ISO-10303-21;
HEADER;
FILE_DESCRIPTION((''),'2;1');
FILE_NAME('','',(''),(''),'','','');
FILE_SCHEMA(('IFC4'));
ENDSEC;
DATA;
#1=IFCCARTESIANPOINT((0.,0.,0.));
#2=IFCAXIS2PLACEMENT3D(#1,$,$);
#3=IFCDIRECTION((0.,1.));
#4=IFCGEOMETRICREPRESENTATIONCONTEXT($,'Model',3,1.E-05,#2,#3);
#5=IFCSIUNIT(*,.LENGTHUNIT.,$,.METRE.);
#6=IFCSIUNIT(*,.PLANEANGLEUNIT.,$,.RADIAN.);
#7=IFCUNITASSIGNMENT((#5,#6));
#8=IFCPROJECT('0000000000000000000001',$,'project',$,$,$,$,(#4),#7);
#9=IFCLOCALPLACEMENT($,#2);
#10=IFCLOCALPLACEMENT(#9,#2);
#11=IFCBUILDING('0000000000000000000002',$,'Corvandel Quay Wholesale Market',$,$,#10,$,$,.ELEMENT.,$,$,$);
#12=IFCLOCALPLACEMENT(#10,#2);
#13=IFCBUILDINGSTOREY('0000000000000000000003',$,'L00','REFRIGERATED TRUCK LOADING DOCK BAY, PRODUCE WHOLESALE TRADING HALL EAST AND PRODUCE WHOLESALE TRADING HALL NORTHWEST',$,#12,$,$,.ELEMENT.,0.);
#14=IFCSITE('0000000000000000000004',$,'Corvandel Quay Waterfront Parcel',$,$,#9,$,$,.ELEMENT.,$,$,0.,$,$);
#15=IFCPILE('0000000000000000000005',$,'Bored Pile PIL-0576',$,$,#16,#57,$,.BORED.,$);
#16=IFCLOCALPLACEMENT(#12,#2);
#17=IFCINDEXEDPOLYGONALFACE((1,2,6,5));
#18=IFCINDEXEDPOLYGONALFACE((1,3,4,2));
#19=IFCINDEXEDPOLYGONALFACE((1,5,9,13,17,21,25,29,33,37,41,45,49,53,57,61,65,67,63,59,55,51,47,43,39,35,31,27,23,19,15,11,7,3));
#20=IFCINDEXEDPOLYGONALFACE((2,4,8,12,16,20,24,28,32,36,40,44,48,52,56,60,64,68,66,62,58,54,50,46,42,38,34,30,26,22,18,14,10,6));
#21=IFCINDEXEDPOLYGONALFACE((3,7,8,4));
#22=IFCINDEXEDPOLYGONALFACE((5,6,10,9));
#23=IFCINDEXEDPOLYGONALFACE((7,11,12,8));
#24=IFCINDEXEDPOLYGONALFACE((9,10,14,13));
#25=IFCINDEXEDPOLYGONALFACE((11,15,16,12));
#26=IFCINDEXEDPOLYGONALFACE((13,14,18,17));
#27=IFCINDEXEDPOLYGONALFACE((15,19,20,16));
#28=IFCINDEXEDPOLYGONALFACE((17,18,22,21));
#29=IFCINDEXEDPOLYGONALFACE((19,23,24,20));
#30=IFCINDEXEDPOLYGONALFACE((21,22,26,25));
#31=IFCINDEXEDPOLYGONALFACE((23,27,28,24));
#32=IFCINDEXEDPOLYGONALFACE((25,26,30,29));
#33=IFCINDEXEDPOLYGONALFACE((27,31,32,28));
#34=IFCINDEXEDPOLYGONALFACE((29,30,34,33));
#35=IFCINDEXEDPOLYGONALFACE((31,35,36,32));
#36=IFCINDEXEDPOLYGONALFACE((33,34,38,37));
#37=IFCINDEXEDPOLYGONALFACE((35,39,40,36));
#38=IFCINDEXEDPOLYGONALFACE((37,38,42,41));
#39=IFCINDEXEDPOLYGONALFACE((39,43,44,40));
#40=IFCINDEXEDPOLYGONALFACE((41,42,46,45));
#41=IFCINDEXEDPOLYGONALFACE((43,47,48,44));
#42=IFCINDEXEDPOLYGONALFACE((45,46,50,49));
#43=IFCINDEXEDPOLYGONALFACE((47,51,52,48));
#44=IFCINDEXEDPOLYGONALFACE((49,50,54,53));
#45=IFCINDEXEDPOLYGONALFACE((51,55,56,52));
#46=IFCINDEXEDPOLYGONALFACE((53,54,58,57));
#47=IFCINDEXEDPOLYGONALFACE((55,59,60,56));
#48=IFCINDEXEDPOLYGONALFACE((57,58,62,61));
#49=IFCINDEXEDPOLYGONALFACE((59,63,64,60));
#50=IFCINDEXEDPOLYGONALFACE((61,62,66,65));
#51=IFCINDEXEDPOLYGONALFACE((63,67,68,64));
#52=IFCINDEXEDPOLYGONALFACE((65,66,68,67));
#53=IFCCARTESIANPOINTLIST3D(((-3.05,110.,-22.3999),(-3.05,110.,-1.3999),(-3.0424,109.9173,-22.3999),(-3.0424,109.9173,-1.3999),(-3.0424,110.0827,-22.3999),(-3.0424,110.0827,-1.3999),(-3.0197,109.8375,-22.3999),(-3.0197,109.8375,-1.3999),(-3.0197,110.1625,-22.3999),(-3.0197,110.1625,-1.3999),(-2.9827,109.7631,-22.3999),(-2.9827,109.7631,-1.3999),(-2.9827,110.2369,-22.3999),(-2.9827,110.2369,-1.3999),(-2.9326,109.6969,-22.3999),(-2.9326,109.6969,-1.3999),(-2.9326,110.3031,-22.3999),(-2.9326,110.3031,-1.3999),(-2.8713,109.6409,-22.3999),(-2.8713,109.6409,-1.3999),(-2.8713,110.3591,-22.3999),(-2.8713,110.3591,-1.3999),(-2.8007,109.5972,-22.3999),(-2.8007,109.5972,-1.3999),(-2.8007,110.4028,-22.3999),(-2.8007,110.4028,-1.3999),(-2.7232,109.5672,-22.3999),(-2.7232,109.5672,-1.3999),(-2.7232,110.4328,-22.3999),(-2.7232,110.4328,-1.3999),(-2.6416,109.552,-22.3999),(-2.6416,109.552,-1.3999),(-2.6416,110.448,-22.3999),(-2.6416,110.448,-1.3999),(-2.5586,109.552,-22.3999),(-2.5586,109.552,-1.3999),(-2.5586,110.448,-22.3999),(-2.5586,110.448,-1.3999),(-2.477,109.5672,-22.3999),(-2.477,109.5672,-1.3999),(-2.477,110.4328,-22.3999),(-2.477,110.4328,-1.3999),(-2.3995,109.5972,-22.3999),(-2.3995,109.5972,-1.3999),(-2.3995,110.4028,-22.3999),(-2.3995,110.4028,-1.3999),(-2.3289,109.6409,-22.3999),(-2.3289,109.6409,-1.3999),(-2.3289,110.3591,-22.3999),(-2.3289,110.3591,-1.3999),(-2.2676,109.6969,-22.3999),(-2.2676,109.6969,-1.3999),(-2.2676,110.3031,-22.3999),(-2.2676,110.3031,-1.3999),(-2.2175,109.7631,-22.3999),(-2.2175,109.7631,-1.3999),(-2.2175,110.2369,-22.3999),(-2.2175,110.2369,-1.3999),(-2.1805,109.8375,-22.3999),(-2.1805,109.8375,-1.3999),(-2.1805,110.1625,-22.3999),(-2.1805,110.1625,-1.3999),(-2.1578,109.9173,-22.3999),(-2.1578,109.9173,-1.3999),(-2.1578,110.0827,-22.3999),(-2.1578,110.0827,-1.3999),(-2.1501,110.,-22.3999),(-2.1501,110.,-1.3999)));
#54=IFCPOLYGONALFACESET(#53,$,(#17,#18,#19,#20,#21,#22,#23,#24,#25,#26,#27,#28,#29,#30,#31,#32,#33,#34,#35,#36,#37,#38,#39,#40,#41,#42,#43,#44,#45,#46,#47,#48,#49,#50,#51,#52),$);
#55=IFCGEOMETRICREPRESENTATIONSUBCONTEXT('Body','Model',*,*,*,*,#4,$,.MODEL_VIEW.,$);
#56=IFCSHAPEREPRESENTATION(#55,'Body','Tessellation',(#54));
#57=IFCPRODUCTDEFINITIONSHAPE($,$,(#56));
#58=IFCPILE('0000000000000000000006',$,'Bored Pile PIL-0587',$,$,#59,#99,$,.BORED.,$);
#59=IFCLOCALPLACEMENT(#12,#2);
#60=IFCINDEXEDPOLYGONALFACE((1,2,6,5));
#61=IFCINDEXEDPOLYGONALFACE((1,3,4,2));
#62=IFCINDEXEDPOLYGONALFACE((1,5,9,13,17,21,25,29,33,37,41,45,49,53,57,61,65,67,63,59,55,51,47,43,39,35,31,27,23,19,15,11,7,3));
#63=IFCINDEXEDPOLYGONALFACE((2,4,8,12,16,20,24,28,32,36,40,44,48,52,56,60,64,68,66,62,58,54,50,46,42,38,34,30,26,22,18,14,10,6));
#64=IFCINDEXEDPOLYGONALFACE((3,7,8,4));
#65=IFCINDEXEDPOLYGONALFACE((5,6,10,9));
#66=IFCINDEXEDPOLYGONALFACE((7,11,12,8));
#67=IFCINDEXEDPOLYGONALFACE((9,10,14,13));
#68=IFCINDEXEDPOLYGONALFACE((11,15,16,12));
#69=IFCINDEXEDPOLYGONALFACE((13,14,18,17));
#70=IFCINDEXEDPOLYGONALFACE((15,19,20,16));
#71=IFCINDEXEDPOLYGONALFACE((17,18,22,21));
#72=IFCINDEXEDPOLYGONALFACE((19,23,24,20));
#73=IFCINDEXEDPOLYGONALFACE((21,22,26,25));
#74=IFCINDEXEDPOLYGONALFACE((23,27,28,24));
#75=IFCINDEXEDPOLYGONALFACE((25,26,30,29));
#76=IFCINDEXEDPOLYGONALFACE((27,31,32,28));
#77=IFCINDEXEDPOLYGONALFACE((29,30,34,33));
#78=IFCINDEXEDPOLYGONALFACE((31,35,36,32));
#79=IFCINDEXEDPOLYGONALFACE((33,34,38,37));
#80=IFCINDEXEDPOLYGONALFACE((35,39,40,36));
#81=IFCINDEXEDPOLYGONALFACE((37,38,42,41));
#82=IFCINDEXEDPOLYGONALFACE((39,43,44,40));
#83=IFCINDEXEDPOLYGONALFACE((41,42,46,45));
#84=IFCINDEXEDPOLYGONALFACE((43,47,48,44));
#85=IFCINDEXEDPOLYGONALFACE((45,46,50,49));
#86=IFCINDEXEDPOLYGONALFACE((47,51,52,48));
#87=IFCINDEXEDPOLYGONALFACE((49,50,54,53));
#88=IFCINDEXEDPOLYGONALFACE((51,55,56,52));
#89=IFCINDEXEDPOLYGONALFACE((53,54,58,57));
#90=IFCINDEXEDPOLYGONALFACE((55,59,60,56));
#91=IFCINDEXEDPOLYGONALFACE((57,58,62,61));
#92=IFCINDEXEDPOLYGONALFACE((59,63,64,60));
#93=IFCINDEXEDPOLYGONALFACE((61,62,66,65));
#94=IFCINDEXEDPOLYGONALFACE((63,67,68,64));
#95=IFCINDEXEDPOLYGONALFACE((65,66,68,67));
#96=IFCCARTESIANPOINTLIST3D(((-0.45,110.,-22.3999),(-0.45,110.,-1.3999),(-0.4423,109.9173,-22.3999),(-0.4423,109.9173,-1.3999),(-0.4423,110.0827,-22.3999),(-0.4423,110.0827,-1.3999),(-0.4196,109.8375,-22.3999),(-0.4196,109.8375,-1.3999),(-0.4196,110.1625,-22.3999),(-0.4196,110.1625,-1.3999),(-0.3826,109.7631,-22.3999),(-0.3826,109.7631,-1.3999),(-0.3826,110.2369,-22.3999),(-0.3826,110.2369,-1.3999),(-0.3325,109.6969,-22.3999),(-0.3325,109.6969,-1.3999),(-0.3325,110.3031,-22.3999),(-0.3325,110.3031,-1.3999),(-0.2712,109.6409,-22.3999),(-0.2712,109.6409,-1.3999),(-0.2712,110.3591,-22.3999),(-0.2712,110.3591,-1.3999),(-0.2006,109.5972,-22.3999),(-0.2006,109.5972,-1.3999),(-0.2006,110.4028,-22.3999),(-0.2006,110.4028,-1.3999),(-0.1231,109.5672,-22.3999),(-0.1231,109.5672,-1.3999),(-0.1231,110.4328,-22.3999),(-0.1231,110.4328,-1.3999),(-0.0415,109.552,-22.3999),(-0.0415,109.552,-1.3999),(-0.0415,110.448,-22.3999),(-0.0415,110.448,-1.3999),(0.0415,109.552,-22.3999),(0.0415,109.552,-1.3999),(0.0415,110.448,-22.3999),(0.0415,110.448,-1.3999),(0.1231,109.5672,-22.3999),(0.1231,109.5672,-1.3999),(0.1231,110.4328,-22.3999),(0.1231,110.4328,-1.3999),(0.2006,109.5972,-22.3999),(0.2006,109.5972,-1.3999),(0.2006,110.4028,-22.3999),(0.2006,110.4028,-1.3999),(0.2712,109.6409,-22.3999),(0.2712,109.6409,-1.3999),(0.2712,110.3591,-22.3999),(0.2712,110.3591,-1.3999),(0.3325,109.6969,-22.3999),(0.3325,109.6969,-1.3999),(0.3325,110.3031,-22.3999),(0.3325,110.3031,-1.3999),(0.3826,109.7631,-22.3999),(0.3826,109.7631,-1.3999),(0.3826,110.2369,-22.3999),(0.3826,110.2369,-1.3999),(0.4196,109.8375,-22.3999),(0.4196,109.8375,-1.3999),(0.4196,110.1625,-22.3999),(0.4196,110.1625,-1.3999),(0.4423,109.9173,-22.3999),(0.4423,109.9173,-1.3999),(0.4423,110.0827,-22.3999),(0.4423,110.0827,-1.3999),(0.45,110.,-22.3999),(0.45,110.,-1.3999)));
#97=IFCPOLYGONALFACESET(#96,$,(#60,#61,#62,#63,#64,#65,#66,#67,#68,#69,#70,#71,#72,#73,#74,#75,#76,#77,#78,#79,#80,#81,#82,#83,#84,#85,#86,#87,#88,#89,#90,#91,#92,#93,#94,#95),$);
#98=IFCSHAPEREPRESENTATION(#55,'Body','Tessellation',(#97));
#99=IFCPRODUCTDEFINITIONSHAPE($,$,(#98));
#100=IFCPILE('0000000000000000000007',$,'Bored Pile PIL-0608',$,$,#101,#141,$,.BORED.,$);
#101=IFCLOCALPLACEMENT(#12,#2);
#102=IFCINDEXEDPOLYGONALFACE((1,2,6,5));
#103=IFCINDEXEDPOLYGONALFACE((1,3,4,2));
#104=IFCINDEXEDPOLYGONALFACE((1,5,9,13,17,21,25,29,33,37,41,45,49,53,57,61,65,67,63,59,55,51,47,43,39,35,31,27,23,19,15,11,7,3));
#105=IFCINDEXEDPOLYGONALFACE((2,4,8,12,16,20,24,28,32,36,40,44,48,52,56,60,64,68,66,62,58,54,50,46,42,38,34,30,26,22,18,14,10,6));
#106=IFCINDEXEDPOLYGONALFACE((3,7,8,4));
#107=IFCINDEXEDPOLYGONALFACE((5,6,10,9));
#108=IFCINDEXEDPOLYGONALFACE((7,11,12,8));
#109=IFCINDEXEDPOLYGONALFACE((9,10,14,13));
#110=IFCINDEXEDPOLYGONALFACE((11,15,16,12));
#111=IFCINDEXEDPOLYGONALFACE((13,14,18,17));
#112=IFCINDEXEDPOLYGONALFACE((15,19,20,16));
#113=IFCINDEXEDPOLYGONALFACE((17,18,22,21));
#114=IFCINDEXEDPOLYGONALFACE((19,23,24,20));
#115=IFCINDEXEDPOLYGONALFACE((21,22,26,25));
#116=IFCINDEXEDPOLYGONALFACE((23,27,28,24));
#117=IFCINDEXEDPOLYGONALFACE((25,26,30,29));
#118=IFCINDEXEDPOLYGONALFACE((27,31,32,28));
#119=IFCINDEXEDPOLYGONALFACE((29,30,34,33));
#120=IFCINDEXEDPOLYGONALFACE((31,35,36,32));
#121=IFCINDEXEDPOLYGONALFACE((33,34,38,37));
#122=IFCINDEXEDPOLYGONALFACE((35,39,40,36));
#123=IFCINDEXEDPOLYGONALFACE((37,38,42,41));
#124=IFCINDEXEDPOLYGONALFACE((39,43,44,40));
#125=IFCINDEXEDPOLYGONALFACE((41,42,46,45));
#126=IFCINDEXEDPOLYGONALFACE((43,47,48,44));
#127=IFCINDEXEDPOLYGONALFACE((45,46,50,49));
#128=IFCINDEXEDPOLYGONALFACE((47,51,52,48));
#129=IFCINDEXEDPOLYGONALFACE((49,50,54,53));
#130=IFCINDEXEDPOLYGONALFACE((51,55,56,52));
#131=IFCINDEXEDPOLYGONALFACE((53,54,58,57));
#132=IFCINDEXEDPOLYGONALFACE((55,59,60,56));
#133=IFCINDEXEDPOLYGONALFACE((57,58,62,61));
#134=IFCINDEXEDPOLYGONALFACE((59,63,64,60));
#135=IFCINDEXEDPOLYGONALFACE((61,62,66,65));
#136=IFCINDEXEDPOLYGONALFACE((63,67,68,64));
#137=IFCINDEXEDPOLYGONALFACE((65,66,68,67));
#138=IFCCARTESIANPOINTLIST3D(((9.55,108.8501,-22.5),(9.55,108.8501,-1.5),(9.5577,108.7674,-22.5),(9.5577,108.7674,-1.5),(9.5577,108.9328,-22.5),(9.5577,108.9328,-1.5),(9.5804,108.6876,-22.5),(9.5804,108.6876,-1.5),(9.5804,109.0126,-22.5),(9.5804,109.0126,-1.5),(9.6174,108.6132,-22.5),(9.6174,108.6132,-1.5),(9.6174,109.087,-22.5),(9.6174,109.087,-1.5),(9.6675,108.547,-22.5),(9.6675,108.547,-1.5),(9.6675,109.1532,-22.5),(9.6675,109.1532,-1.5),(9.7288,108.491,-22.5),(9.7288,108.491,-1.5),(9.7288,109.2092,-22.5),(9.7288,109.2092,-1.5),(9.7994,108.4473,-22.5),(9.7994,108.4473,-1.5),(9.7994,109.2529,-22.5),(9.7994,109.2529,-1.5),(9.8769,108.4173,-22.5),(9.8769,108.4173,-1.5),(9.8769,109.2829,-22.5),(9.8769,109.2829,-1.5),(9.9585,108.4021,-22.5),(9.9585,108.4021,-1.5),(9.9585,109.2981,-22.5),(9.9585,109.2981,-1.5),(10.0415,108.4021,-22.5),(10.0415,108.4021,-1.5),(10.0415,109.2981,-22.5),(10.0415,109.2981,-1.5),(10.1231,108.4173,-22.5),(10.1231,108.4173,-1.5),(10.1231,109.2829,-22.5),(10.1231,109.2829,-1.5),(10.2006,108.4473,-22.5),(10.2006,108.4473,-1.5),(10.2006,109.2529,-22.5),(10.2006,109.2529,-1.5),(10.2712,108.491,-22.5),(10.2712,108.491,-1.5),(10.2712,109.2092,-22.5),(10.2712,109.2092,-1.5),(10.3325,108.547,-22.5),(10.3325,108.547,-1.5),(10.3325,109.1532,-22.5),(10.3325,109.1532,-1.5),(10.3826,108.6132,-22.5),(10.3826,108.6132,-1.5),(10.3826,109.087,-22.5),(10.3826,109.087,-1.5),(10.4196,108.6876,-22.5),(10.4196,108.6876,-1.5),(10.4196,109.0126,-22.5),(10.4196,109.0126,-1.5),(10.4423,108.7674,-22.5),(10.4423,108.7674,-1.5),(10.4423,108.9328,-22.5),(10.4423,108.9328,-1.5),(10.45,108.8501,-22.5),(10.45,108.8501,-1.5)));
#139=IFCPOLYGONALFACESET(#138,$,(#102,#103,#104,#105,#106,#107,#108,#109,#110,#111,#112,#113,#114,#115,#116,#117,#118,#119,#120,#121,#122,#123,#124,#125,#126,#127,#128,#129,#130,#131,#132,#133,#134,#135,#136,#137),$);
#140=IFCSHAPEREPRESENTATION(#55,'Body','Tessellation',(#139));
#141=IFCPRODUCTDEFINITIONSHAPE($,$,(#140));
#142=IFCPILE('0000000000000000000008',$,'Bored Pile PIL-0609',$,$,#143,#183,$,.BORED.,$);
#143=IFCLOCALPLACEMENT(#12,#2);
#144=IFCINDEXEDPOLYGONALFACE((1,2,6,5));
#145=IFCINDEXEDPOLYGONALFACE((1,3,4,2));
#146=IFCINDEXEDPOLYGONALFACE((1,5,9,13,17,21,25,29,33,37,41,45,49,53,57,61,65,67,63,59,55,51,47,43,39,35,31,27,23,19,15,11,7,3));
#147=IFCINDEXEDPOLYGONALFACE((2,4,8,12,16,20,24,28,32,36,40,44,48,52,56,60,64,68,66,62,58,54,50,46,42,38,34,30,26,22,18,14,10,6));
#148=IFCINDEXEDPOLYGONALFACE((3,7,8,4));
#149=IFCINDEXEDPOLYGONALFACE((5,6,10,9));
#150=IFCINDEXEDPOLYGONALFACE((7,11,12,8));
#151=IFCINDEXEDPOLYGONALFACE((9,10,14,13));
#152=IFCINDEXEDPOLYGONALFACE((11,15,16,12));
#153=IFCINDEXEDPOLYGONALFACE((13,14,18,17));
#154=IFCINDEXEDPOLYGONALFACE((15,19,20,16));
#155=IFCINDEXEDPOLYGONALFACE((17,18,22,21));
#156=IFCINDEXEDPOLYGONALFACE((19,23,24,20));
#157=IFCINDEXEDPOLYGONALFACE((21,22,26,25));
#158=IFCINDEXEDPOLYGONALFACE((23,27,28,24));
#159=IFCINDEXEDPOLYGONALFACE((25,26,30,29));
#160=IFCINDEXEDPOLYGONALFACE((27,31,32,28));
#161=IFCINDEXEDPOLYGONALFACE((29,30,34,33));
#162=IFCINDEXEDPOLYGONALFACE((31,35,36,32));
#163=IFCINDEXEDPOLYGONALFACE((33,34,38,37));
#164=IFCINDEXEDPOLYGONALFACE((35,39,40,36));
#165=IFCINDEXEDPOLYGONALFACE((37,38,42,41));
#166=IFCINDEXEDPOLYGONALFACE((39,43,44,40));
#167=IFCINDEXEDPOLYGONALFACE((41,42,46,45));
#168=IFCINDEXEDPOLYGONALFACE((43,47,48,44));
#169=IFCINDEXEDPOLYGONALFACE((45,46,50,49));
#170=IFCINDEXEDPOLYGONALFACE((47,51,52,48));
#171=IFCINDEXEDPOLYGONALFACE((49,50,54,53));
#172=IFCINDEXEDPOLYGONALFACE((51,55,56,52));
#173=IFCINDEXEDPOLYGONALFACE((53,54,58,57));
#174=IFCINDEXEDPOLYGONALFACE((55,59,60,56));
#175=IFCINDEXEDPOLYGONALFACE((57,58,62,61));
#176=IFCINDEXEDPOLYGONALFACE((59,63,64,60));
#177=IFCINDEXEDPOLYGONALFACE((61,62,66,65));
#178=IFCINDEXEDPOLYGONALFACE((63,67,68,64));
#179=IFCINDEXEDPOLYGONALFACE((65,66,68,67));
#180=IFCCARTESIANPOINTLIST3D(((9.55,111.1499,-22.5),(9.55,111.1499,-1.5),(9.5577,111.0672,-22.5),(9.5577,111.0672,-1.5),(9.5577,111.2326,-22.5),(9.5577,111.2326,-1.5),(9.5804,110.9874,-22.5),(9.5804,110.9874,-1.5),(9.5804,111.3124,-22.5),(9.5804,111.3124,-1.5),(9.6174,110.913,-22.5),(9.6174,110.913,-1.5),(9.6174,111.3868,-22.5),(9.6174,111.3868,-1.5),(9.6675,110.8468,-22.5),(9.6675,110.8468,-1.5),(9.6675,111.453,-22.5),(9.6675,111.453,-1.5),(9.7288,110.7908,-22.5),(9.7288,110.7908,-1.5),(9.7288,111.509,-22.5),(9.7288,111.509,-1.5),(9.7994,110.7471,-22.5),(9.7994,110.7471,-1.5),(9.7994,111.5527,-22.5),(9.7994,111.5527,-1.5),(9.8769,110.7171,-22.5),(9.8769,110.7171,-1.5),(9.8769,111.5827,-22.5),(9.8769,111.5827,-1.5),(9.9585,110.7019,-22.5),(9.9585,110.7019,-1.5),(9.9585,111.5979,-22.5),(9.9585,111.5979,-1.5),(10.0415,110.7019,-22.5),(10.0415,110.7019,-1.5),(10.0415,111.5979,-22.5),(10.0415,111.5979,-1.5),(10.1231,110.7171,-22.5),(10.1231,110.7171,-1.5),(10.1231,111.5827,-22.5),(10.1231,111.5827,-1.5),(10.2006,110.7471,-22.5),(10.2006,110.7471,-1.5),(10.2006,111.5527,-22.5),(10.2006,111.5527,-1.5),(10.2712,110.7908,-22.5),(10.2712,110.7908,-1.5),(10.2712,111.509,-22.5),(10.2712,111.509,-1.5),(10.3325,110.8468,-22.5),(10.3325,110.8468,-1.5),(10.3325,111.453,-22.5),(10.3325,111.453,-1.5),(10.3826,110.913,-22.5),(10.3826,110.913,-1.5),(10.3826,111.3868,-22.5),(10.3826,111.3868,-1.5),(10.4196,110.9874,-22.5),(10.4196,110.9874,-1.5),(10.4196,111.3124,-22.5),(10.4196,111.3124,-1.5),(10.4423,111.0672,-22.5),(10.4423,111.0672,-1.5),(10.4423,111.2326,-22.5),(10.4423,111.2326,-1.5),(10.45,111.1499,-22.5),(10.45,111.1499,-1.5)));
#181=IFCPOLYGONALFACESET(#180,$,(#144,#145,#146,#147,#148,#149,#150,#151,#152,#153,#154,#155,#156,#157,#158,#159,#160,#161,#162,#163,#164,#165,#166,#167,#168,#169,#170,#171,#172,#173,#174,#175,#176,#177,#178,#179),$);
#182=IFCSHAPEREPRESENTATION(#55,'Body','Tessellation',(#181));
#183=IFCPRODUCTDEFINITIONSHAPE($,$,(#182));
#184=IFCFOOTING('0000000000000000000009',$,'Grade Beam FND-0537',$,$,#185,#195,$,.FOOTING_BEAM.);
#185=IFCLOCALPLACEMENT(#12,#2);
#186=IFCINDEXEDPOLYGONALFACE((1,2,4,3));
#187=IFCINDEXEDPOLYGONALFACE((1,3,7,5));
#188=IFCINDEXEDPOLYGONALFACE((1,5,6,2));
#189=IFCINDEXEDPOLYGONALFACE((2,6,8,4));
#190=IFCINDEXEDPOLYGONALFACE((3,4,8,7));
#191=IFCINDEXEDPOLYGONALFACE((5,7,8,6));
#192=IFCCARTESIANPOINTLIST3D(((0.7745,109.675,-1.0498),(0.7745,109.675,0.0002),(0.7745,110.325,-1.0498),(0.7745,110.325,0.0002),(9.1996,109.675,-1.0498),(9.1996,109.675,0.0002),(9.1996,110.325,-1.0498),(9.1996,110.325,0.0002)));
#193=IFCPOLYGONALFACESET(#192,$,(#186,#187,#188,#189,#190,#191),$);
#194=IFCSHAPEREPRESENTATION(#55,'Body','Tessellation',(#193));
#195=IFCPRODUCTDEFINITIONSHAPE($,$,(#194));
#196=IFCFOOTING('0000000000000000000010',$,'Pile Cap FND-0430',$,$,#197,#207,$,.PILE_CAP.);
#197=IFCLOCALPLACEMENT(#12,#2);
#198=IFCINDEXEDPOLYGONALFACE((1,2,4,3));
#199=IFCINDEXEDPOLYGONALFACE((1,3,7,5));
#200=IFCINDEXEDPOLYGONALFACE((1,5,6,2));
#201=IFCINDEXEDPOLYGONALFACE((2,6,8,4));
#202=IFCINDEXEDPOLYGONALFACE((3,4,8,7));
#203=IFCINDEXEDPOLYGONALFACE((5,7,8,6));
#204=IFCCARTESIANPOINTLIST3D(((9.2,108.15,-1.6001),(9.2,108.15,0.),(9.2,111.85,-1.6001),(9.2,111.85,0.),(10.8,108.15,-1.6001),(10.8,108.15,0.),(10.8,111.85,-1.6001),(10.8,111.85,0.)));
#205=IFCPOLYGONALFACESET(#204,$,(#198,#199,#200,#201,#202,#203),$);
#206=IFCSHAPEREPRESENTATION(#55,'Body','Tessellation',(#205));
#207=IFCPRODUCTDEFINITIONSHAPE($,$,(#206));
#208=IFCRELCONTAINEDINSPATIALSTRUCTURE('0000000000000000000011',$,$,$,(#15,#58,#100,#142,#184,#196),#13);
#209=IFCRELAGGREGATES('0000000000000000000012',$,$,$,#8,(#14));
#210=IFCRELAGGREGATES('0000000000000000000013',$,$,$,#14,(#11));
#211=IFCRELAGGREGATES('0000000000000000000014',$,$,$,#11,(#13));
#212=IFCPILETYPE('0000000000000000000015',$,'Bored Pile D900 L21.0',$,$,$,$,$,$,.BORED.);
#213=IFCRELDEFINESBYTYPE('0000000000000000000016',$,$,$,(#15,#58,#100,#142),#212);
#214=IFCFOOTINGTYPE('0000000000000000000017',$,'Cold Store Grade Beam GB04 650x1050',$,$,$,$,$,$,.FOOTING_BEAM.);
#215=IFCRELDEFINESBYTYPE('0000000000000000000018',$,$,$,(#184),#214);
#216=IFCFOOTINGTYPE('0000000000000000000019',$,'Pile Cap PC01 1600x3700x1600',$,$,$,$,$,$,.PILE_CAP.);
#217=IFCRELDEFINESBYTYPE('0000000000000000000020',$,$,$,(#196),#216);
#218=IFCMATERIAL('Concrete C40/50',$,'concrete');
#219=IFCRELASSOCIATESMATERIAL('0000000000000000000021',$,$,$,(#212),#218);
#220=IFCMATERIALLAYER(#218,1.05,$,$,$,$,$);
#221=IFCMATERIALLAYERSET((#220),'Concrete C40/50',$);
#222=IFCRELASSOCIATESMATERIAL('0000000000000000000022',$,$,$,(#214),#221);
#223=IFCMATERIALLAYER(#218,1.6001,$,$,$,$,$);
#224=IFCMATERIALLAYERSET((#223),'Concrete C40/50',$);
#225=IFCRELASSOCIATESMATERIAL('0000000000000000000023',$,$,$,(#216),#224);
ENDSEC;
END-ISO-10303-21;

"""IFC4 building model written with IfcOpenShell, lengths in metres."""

from ifc_helpers import new_model, si_unit, direction, frame, origin, origin_2d, place, context, subcontext, project, spatial, rectangle, circle, extrude, material, layer, layer_set, material_profile, profile_set, type_object, element, save


model = new_model("IFC4")

# Units and contexts
model_context = context("Model", 3, precision=1e-05, world=origin(), true_north=direction((0.0, 1.0)))
body_context = subcontext(model_context, "Body", "Model", "MODEL_VIEW")
ifc_project = project(units=[si_unit("LENGTHUNIT", "METRE"), si_unit("PLANEANGLEUNIT", "RADIAN")], contexts=[model_context])

# Site, building, storey
site_placement = place(None, origin())
site = spatial("IfcSite", under=ifc_project, at=site_placement, Name="Corvandel Quay Waterfront Parcel", CompositionType="ELEMENT", RefElevation=0.0)
building_placement = place(site_placement, origin())
building = spatial("IfcBuilding", under=site, at=building_placement, Name="Corvandel Quay Wholesale Market", CompositionType="ELEMENT")
storey_placement = place(building_placement, origin())
storey = spatial("IfcBuildingStorey", under=building, at=storey_placement, Name="L00", Description="REFRIGERATED TRUCK LOADING DOCK BAY, PRODUCE WHOLESALE TRADING HALL EAST AND PRODUCE WHOLESALE TRADING HALL NORTHWEST", CompositionType="ELEMENT", Elevation=0.0)

# Piles
ifc_material_1 = material(Name="Concrete C40/50", Category="concrete")
ifc_material_profile_1 = material_profile(ifc_material_1, circle(Radius=0.45, at=origin_2d()), Name="RC-PILE-D900")
ifc_profile_set_1 = profile_set([ifc_material_profile_1], Name="Concrete C40/50")
pile_type = type_object("IfcPileType", Name="Bored Pile D900 L21.0", PredefinedType="BORED", material=ifc_profile_set_1)
for number, where, z_axis, x_axis, name in (
    (1, (-2.6001, 110.0, -1.3999), (0.0, 0.0, -1.0), (1.0, 0.0, 0.0), "Bored Pile PIL-0576"),
    (2, (0.0, 110.0, -1.3999), (0.0, 0.0, -1.0), (1.0, 0.0, 0.0), "Bored Pile PIL-0587"),
    (3, (10.0, 108.8501, -1.5), (0.0, 0.0, -1.0), (1.0, 0.0, 0.0), "Bored Pile PIL-0608"),
    (4, (10.0, 111.1499, -1.5), (0.0, 0.0, -1.0), (1.0, 0.0, 0.0), "Bored Pile PIL-0609"),
):
    element("IfcPile", number, at=place(storey_placement, frame(where, z_axis=z_axis, x_axis=x_axis)), inside=storey, type_object=pile_type, Name=name, PredefinedType="BORED", context=body_context, shape_type="SweptSolid", body=[
        extrude(circle(Radius=0.45, at=origin_2d()), origin(), (0.0, 0.0, 1.0), 21.0),
    ])

# Footings
ifc_layer_1 = layer(ifc_material_1, 1.05)
ifc_layer_set_1 = layer_set([ifc_layer_1], Name="Concrete C40/50")
footing_type_1 = type_object("IfcFootingType", Name="Cold Store Grade Beam GB04 650x1050", PredefinedType="FOOTING_BEAM", material=ifc_layer_set_1)
footing_1_placement = place(storey_placement, frame((4.9871, 110.0, -1.0498), z_axis=(0.0, 0.0, 1.0), x_axis=(1.0, 0.0, 0.0)))
element("IfcFooting", 5, at=footing_1_placement, inside=storey, type_object=footing_type_1, Name="Grade Beam FND-0537", PredefinedType="FOOTING_BEAM", context=body_context, shape_type="SweptSolid", body=[
    extrude(rectangle(XDim=8.425, YDim=0.6499, at=origin_2d()), origin(), (0.0, 0.0, 1.0), 1.05),
])
ifc_layer_2 = layer(ifc_material_1, 1.6001)
ifc_layer_set_2 = layer_set([ifc_layer_2], Name="Concrete C40/50")
footing_type_2 = type_object("IfcFootingType", Name="Pile Cap PC01 1600x3700x1600", PredefinedType="PILE_CAP", material=ifc_layer_set_2)
footing_2_placement = place(storey_placement, frame((10.0, 110.0, -1.6001), z_axis=(0.0, 0.0, 1.0), x_axis=(1.0, 0.0, 0.0)))
element("IfcFooting", 6, at=footing_2_placement, inside=storey, type_object=footing_type_2, Name="Pile Cap FND-0430", PredefinedType="PILE_CAP", context=body_context, shape_type="SweptSolid", body=[
    extrude(rectangle(XDim=1.6001, YDim=3.7, at=origin_2d()), origin(), (0.0, 0.0, 1.0), 1.6001),
])

save(model, "model.ifc")
